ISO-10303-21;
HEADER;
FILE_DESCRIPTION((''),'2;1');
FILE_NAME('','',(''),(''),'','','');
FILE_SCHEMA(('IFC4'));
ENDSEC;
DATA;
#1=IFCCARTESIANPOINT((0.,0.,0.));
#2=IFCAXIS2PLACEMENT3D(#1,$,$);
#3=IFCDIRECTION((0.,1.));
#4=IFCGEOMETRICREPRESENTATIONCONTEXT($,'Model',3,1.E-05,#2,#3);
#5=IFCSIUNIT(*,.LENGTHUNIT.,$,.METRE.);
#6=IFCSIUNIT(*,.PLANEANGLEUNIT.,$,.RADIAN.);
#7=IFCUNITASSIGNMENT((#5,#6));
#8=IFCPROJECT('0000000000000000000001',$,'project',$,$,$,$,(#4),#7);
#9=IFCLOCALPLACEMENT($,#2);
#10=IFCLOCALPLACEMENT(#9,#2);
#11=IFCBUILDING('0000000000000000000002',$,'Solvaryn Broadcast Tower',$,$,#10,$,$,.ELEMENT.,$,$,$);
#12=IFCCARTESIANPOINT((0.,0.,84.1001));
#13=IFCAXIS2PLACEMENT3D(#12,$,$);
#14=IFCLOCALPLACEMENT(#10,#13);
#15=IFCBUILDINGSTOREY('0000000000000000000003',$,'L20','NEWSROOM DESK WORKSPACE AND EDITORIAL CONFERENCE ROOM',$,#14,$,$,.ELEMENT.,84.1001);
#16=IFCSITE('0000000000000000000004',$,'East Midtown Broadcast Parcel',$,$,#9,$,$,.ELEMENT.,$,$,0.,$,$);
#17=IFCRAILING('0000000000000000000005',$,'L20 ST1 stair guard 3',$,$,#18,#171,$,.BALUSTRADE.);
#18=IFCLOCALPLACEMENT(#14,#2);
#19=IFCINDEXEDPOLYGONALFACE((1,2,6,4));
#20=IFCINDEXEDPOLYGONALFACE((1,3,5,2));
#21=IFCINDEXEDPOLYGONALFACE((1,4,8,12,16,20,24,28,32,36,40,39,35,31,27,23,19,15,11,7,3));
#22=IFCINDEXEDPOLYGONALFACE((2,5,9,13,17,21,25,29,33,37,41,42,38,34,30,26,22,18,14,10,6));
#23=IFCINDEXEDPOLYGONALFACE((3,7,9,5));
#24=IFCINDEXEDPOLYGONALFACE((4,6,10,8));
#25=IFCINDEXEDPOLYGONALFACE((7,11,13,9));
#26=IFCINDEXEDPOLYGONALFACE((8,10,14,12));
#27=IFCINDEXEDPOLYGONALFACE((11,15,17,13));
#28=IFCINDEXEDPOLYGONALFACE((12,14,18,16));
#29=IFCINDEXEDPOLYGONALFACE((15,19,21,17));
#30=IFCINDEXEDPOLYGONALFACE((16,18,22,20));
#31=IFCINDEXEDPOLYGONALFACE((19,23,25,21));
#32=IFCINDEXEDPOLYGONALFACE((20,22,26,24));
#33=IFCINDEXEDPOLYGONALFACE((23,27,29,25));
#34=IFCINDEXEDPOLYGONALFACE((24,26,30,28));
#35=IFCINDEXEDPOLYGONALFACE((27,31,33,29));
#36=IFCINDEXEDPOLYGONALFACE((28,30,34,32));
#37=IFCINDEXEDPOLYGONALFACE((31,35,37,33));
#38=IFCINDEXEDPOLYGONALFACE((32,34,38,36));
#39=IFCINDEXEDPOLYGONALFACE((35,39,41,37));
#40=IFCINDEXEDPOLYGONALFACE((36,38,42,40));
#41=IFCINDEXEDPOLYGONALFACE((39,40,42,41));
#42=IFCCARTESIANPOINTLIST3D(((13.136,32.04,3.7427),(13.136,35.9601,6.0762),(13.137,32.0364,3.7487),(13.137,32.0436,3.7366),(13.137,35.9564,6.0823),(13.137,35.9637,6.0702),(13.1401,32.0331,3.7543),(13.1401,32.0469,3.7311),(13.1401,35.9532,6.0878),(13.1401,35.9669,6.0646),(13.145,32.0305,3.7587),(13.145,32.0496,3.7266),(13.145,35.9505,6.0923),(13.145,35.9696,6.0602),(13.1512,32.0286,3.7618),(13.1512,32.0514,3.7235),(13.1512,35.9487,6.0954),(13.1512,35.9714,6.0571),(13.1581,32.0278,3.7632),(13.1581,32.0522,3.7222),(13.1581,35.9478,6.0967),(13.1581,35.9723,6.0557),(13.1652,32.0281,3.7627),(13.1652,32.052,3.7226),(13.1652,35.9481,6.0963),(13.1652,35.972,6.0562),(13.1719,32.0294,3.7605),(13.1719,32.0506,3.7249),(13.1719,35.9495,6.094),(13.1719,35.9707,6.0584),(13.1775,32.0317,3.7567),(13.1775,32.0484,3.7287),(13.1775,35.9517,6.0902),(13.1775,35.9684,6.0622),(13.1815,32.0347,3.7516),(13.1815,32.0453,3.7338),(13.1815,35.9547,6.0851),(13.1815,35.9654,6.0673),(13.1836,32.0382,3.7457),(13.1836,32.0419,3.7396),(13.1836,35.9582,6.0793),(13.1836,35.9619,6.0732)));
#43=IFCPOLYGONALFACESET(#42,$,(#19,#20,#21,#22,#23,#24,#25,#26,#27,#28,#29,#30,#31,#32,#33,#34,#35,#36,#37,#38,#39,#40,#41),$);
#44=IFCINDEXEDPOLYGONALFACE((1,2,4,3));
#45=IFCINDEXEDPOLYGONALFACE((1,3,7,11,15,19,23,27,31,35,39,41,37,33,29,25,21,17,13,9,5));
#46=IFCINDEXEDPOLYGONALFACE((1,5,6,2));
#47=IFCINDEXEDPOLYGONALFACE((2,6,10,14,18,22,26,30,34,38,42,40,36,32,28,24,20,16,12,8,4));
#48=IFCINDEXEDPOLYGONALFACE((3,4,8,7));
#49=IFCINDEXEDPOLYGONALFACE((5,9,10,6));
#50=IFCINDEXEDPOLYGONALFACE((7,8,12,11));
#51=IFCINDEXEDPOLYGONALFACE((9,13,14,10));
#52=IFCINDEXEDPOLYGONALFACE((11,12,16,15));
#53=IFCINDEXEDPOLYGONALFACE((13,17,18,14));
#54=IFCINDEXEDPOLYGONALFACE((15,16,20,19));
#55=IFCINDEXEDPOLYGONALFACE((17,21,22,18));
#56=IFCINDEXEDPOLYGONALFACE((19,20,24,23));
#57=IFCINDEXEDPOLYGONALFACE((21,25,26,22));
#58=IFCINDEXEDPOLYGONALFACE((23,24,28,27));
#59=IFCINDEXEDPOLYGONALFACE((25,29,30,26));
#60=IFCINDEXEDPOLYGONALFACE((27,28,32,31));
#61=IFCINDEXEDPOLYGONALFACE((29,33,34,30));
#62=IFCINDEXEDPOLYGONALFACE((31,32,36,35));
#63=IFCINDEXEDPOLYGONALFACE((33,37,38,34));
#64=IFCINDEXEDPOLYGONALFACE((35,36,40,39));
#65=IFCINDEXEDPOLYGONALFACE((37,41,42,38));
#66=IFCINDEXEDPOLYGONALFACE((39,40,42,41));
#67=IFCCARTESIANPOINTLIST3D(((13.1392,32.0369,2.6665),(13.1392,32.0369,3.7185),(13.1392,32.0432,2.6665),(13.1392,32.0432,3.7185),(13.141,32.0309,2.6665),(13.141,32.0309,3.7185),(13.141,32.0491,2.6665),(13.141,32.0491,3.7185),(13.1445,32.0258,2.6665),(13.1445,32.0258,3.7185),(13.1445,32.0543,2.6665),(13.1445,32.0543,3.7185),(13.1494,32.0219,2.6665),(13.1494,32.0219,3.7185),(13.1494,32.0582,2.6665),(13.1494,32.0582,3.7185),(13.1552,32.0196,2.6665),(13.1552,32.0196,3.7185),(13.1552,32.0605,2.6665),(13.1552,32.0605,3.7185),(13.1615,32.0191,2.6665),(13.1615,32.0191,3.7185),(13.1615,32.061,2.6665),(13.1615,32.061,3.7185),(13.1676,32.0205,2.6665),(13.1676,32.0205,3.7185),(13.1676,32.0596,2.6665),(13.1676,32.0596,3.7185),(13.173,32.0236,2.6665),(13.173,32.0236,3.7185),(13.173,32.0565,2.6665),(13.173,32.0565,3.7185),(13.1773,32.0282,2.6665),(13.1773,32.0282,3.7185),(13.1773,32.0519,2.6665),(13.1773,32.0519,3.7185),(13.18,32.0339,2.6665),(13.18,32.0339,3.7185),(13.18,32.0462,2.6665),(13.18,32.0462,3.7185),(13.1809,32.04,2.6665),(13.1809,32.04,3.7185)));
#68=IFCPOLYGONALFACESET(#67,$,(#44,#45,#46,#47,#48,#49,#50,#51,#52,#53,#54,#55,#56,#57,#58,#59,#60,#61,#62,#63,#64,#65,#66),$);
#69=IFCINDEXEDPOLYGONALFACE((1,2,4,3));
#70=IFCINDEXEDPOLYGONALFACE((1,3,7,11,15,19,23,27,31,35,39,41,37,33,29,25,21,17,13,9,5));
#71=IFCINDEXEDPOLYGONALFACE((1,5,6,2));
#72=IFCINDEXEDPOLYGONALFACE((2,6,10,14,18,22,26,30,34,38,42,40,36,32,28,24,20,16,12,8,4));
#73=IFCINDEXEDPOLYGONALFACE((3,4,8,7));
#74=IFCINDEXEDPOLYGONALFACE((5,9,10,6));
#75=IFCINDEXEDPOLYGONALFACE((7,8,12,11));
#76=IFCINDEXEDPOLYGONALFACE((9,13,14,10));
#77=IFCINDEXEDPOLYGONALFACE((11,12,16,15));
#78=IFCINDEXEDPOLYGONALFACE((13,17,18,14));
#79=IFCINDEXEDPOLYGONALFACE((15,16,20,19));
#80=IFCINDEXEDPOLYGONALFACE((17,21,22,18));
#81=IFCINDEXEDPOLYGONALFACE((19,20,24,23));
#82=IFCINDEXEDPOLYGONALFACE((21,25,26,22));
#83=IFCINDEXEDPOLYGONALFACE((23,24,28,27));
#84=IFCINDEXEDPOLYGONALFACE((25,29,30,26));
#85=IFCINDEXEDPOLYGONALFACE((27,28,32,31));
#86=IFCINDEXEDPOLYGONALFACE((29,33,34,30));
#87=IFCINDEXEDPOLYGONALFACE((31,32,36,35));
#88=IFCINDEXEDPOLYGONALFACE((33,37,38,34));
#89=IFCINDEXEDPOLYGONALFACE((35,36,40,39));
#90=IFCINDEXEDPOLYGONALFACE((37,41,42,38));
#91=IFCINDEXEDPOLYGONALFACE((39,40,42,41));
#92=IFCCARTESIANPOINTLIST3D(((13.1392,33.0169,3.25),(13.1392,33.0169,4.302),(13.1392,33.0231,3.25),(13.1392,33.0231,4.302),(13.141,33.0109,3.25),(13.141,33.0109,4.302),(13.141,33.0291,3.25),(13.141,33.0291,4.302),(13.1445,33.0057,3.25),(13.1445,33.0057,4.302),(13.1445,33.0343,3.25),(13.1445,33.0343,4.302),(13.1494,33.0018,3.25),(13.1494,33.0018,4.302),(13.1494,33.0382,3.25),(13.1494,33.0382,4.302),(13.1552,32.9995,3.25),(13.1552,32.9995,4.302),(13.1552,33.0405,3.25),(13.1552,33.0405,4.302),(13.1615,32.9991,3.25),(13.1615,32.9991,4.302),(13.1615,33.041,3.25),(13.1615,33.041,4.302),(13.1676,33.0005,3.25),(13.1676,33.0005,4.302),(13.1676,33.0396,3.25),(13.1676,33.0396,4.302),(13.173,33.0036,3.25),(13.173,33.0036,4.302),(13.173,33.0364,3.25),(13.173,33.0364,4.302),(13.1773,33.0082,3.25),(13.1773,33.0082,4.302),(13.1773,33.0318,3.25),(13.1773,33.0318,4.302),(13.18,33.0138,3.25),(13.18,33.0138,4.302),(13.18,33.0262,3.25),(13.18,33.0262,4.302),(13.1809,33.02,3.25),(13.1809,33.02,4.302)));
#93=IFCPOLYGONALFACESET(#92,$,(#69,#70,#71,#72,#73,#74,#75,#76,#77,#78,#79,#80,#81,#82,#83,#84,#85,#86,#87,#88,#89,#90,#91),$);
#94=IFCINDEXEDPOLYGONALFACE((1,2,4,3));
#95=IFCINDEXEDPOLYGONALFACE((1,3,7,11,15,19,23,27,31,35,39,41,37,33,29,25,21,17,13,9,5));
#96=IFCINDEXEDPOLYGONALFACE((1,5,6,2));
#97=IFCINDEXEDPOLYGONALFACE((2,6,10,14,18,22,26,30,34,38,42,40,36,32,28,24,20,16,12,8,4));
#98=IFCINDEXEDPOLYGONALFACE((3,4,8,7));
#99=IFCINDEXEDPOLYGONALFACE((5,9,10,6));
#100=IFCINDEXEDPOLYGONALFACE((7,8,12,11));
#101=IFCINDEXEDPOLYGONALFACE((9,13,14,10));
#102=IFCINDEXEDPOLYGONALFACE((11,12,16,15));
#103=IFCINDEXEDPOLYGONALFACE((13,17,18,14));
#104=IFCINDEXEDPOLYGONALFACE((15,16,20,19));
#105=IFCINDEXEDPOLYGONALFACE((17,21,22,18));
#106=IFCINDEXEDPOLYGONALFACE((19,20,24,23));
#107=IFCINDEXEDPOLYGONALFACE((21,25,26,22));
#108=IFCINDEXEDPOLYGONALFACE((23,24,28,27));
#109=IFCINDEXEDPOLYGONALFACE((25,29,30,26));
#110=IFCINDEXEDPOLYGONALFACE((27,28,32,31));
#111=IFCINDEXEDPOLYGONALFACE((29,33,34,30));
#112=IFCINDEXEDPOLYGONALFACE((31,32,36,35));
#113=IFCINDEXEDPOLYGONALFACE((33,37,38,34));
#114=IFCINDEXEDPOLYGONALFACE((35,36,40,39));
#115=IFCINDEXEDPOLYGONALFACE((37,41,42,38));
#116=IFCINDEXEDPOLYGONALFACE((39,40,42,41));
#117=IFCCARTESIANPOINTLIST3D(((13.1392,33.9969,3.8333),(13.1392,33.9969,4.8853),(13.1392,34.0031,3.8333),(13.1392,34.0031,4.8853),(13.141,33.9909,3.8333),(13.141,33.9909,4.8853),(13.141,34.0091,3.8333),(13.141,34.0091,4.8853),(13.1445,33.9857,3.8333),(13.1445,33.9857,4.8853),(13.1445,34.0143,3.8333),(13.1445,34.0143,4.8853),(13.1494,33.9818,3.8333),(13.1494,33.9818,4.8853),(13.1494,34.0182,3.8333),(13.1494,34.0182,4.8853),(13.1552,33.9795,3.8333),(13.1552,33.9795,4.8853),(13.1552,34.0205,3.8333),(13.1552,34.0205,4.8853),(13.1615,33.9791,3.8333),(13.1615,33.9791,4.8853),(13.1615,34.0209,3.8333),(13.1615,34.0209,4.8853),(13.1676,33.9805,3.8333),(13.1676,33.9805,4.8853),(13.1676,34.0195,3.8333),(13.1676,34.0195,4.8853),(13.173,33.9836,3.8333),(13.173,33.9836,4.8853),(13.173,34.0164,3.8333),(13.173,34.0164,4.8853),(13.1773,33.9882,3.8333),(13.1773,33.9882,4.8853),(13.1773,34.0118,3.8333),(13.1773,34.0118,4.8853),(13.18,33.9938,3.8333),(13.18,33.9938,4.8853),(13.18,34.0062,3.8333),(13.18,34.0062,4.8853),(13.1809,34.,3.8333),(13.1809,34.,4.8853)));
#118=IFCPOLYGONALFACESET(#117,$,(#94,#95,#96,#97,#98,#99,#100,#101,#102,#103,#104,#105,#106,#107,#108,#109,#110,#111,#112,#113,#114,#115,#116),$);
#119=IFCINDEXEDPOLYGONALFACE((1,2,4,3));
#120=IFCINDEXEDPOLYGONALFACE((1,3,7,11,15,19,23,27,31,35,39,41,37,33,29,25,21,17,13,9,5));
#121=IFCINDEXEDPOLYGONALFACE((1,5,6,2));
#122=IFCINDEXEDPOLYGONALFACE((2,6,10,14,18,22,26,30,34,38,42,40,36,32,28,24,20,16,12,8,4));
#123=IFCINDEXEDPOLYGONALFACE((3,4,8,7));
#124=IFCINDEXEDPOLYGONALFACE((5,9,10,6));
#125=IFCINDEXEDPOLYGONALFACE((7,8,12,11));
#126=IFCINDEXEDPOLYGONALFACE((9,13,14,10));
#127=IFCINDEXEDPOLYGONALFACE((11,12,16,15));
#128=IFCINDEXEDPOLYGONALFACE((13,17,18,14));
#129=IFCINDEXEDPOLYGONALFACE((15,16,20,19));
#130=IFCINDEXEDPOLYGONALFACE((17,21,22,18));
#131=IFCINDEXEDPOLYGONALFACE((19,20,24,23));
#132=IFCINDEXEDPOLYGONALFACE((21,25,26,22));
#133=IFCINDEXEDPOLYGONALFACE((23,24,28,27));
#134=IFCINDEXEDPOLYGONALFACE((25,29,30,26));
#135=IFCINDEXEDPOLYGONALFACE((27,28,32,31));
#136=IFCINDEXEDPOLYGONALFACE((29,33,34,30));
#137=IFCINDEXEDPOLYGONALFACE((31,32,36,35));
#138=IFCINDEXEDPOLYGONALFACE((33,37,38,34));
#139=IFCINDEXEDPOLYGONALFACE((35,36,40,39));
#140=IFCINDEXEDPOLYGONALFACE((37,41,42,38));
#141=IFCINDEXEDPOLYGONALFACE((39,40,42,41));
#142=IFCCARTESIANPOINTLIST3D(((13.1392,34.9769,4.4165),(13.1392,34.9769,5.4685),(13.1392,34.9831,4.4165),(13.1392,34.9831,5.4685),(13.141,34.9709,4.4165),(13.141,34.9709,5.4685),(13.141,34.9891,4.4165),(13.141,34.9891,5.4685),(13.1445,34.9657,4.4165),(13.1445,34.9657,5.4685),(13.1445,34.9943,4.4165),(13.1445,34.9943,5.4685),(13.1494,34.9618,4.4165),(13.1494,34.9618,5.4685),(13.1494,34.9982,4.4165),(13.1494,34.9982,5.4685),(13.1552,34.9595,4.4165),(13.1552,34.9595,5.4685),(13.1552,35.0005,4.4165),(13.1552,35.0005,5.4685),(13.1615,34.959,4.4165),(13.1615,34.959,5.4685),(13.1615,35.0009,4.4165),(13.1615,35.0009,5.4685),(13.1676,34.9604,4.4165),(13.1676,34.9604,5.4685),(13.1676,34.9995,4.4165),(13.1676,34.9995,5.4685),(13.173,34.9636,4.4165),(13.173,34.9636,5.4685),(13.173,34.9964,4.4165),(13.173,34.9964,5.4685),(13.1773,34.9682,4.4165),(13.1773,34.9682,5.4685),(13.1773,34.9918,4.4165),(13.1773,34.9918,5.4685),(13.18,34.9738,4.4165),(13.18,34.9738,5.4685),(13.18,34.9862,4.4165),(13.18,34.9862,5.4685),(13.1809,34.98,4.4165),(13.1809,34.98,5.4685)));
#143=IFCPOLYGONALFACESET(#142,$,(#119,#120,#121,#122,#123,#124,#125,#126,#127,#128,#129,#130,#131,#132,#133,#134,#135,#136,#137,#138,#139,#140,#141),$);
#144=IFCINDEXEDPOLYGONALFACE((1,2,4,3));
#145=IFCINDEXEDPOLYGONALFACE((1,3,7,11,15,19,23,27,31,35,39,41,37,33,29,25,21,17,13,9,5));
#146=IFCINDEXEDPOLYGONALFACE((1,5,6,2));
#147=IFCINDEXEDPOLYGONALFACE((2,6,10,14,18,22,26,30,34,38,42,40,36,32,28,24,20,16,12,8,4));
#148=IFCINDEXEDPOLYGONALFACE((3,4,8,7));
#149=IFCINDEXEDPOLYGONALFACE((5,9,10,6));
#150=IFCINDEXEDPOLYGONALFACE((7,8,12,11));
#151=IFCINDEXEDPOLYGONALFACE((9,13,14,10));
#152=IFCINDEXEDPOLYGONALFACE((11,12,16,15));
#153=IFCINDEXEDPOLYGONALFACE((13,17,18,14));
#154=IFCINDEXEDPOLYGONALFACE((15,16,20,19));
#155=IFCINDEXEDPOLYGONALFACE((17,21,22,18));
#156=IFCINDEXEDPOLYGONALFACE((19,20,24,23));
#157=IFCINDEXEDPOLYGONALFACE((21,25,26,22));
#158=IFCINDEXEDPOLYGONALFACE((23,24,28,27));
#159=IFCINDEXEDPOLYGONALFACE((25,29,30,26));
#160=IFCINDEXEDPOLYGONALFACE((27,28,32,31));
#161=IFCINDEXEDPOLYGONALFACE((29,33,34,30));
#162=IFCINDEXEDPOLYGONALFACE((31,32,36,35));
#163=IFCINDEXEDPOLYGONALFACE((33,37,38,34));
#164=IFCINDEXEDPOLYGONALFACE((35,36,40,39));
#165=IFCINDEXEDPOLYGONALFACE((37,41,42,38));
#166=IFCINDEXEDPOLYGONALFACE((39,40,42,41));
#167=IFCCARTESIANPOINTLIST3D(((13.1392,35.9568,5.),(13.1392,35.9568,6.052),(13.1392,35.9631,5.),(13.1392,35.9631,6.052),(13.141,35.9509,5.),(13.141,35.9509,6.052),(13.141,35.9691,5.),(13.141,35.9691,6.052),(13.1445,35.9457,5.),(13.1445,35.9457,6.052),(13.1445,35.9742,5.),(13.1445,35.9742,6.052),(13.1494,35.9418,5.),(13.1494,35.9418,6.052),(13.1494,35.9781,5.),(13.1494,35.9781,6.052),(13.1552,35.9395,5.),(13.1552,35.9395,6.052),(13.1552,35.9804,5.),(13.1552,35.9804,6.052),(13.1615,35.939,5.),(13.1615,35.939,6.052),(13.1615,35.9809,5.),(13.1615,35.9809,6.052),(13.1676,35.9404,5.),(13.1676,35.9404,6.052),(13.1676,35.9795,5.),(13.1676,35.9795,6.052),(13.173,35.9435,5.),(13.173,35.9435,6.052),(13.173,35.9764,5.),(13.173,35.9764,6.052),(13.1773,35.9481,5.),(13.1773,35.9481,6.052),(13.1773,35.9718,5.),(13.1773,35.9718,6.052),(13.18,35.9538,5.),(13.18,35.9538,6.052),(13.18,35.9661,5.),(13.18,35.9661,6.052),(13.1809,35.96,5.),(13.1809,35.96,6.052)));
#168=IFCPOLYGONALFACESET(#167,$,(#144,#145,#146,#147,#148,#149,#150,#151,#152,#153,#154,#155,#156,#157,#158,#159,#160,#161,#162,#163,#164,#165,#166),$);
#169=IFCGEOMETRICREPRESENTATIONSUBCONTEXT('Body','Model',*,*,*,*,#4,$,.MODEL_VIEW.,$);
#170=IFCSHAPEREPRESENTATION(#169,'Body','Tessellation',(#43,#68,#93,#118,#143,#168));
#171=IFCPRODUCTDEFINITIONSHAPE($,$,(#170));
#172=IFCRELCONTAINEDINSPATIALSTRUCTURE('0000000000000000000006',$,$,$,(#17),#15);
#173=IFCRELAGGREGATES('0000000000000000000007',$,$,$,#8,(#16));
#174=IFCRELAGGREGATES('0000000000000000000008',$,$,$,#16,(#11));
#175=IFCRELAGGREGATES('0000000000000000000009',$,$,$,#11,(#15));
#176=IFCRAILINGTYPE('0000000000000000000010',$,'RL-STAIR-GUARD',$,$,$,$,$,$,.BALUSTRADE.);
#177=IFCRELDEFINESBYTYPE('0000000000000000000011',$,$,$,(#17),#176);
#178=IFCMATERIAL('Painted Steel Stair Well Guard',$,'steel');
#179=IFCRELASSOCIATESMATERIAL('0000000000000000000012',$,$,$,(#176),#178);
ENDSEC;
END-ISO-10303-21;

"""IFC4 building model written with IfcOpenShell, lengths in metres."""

from ifc_helpers import new_model, si_unit, direction, frame, origin, origin_2d, place, context, subcontext, project, spatial, circle, extrude, material, type_object, element, save


model = new_model("IFC4")

# Units and contexts
model_context = context("Model", 3, precision=1e-05, world=origin(), true_north=direction((0.0, 1.0)))
body_context = subcontext(model_context, "Body", "Model", "MODEL_VIEW")
ifc_project = project(units=[si_unit("LENGTHUNIT", "METRE"), si_unit("PLANEANGLEUNIT", "RADIAN")], contexts=[model_context])

# Site, building, storey
site_placement = place(None, origin())
site = spatial("IfcSite", under=ifc_project, at=site_placement, Name="East Midtown Broadcast Parcel", CompositionType="ELEMENT", RefElevation=0.0)
building_placement = place(site_placement, origin())
building = spatial("IfcBuilding", under=site, at=building_placement, Name="Solvaryn Broadcast Tower", CompositionType="ELEMENT")
storey_placement = place(building_placement, frame((0.0, 0.0, 84.1001)))
storey = spatial("IfcBuildingStorey", under=building, at=storey_placement, Name="L20", Description="NEWSROOM DESK WORKSPACE AND EDITORIAL CONFERENCE ROOM", CompositionType="ELEMENT", Elevation=84.1001)

# Railing
ifc_material_1 = material(Name="Painted Steel Stair Well Guard", Category="steel")
railing_type_1 = type_object("IfcRailingType", Name="RL-STAIR-GUARD", PredefinedType="BALUSTRADE", material=ifc_material_1)
railing_1_placement = place(storey_placement, frame((13.1599, 32.04, 2.6665)))
element("IfcRailing", 1, at=railing_1_placement, inside=storey, type_object=railing_type_1, Name="L20 ST1 stair guard 3", PredefinedType="BALUSTRADE", context=body_context, shape_type="SweptSolid", body=[
    extrude(circle(Radius=0.0239, at=origin_2d()), frame((0.0, 0.0, 1.0762), z_axis=(0.0, 0.859273, 0.511518), x_axis=(-1.0, 0.0, 0.0)), (0.0, 0.0, 1.0), 4.562),
    extrude(circle(Radius=0.021, at=origin_2d()), origin(), (0.0, 0.0, 1.0), 1.052),
    extrude(circle(Radius=0.021, at=origin_2d()), frame((0.0, 0.98, 0.5835)), (0.0, 0.0, 1.0), 1.052),
    extrude(circle(Radius=0.021, at=origin_2d()), frame((0.0, 1.96, 1.1667)), (0.0, 0.0, 1.0), 1.052),
    extrude(circle(Radius=0.021, at=origin_2d()), frame((0.0, 2.9399, 1.75)), (0.0, 0.0, 1.0), 1.052),
    extrude(circle(Radius=0.021, at=origin_2d()), frame((0.0, 3.9199, 2.3335)), (0.0, 0.0, 1.0), 1.052),
])

save(model, "model.ifc")
